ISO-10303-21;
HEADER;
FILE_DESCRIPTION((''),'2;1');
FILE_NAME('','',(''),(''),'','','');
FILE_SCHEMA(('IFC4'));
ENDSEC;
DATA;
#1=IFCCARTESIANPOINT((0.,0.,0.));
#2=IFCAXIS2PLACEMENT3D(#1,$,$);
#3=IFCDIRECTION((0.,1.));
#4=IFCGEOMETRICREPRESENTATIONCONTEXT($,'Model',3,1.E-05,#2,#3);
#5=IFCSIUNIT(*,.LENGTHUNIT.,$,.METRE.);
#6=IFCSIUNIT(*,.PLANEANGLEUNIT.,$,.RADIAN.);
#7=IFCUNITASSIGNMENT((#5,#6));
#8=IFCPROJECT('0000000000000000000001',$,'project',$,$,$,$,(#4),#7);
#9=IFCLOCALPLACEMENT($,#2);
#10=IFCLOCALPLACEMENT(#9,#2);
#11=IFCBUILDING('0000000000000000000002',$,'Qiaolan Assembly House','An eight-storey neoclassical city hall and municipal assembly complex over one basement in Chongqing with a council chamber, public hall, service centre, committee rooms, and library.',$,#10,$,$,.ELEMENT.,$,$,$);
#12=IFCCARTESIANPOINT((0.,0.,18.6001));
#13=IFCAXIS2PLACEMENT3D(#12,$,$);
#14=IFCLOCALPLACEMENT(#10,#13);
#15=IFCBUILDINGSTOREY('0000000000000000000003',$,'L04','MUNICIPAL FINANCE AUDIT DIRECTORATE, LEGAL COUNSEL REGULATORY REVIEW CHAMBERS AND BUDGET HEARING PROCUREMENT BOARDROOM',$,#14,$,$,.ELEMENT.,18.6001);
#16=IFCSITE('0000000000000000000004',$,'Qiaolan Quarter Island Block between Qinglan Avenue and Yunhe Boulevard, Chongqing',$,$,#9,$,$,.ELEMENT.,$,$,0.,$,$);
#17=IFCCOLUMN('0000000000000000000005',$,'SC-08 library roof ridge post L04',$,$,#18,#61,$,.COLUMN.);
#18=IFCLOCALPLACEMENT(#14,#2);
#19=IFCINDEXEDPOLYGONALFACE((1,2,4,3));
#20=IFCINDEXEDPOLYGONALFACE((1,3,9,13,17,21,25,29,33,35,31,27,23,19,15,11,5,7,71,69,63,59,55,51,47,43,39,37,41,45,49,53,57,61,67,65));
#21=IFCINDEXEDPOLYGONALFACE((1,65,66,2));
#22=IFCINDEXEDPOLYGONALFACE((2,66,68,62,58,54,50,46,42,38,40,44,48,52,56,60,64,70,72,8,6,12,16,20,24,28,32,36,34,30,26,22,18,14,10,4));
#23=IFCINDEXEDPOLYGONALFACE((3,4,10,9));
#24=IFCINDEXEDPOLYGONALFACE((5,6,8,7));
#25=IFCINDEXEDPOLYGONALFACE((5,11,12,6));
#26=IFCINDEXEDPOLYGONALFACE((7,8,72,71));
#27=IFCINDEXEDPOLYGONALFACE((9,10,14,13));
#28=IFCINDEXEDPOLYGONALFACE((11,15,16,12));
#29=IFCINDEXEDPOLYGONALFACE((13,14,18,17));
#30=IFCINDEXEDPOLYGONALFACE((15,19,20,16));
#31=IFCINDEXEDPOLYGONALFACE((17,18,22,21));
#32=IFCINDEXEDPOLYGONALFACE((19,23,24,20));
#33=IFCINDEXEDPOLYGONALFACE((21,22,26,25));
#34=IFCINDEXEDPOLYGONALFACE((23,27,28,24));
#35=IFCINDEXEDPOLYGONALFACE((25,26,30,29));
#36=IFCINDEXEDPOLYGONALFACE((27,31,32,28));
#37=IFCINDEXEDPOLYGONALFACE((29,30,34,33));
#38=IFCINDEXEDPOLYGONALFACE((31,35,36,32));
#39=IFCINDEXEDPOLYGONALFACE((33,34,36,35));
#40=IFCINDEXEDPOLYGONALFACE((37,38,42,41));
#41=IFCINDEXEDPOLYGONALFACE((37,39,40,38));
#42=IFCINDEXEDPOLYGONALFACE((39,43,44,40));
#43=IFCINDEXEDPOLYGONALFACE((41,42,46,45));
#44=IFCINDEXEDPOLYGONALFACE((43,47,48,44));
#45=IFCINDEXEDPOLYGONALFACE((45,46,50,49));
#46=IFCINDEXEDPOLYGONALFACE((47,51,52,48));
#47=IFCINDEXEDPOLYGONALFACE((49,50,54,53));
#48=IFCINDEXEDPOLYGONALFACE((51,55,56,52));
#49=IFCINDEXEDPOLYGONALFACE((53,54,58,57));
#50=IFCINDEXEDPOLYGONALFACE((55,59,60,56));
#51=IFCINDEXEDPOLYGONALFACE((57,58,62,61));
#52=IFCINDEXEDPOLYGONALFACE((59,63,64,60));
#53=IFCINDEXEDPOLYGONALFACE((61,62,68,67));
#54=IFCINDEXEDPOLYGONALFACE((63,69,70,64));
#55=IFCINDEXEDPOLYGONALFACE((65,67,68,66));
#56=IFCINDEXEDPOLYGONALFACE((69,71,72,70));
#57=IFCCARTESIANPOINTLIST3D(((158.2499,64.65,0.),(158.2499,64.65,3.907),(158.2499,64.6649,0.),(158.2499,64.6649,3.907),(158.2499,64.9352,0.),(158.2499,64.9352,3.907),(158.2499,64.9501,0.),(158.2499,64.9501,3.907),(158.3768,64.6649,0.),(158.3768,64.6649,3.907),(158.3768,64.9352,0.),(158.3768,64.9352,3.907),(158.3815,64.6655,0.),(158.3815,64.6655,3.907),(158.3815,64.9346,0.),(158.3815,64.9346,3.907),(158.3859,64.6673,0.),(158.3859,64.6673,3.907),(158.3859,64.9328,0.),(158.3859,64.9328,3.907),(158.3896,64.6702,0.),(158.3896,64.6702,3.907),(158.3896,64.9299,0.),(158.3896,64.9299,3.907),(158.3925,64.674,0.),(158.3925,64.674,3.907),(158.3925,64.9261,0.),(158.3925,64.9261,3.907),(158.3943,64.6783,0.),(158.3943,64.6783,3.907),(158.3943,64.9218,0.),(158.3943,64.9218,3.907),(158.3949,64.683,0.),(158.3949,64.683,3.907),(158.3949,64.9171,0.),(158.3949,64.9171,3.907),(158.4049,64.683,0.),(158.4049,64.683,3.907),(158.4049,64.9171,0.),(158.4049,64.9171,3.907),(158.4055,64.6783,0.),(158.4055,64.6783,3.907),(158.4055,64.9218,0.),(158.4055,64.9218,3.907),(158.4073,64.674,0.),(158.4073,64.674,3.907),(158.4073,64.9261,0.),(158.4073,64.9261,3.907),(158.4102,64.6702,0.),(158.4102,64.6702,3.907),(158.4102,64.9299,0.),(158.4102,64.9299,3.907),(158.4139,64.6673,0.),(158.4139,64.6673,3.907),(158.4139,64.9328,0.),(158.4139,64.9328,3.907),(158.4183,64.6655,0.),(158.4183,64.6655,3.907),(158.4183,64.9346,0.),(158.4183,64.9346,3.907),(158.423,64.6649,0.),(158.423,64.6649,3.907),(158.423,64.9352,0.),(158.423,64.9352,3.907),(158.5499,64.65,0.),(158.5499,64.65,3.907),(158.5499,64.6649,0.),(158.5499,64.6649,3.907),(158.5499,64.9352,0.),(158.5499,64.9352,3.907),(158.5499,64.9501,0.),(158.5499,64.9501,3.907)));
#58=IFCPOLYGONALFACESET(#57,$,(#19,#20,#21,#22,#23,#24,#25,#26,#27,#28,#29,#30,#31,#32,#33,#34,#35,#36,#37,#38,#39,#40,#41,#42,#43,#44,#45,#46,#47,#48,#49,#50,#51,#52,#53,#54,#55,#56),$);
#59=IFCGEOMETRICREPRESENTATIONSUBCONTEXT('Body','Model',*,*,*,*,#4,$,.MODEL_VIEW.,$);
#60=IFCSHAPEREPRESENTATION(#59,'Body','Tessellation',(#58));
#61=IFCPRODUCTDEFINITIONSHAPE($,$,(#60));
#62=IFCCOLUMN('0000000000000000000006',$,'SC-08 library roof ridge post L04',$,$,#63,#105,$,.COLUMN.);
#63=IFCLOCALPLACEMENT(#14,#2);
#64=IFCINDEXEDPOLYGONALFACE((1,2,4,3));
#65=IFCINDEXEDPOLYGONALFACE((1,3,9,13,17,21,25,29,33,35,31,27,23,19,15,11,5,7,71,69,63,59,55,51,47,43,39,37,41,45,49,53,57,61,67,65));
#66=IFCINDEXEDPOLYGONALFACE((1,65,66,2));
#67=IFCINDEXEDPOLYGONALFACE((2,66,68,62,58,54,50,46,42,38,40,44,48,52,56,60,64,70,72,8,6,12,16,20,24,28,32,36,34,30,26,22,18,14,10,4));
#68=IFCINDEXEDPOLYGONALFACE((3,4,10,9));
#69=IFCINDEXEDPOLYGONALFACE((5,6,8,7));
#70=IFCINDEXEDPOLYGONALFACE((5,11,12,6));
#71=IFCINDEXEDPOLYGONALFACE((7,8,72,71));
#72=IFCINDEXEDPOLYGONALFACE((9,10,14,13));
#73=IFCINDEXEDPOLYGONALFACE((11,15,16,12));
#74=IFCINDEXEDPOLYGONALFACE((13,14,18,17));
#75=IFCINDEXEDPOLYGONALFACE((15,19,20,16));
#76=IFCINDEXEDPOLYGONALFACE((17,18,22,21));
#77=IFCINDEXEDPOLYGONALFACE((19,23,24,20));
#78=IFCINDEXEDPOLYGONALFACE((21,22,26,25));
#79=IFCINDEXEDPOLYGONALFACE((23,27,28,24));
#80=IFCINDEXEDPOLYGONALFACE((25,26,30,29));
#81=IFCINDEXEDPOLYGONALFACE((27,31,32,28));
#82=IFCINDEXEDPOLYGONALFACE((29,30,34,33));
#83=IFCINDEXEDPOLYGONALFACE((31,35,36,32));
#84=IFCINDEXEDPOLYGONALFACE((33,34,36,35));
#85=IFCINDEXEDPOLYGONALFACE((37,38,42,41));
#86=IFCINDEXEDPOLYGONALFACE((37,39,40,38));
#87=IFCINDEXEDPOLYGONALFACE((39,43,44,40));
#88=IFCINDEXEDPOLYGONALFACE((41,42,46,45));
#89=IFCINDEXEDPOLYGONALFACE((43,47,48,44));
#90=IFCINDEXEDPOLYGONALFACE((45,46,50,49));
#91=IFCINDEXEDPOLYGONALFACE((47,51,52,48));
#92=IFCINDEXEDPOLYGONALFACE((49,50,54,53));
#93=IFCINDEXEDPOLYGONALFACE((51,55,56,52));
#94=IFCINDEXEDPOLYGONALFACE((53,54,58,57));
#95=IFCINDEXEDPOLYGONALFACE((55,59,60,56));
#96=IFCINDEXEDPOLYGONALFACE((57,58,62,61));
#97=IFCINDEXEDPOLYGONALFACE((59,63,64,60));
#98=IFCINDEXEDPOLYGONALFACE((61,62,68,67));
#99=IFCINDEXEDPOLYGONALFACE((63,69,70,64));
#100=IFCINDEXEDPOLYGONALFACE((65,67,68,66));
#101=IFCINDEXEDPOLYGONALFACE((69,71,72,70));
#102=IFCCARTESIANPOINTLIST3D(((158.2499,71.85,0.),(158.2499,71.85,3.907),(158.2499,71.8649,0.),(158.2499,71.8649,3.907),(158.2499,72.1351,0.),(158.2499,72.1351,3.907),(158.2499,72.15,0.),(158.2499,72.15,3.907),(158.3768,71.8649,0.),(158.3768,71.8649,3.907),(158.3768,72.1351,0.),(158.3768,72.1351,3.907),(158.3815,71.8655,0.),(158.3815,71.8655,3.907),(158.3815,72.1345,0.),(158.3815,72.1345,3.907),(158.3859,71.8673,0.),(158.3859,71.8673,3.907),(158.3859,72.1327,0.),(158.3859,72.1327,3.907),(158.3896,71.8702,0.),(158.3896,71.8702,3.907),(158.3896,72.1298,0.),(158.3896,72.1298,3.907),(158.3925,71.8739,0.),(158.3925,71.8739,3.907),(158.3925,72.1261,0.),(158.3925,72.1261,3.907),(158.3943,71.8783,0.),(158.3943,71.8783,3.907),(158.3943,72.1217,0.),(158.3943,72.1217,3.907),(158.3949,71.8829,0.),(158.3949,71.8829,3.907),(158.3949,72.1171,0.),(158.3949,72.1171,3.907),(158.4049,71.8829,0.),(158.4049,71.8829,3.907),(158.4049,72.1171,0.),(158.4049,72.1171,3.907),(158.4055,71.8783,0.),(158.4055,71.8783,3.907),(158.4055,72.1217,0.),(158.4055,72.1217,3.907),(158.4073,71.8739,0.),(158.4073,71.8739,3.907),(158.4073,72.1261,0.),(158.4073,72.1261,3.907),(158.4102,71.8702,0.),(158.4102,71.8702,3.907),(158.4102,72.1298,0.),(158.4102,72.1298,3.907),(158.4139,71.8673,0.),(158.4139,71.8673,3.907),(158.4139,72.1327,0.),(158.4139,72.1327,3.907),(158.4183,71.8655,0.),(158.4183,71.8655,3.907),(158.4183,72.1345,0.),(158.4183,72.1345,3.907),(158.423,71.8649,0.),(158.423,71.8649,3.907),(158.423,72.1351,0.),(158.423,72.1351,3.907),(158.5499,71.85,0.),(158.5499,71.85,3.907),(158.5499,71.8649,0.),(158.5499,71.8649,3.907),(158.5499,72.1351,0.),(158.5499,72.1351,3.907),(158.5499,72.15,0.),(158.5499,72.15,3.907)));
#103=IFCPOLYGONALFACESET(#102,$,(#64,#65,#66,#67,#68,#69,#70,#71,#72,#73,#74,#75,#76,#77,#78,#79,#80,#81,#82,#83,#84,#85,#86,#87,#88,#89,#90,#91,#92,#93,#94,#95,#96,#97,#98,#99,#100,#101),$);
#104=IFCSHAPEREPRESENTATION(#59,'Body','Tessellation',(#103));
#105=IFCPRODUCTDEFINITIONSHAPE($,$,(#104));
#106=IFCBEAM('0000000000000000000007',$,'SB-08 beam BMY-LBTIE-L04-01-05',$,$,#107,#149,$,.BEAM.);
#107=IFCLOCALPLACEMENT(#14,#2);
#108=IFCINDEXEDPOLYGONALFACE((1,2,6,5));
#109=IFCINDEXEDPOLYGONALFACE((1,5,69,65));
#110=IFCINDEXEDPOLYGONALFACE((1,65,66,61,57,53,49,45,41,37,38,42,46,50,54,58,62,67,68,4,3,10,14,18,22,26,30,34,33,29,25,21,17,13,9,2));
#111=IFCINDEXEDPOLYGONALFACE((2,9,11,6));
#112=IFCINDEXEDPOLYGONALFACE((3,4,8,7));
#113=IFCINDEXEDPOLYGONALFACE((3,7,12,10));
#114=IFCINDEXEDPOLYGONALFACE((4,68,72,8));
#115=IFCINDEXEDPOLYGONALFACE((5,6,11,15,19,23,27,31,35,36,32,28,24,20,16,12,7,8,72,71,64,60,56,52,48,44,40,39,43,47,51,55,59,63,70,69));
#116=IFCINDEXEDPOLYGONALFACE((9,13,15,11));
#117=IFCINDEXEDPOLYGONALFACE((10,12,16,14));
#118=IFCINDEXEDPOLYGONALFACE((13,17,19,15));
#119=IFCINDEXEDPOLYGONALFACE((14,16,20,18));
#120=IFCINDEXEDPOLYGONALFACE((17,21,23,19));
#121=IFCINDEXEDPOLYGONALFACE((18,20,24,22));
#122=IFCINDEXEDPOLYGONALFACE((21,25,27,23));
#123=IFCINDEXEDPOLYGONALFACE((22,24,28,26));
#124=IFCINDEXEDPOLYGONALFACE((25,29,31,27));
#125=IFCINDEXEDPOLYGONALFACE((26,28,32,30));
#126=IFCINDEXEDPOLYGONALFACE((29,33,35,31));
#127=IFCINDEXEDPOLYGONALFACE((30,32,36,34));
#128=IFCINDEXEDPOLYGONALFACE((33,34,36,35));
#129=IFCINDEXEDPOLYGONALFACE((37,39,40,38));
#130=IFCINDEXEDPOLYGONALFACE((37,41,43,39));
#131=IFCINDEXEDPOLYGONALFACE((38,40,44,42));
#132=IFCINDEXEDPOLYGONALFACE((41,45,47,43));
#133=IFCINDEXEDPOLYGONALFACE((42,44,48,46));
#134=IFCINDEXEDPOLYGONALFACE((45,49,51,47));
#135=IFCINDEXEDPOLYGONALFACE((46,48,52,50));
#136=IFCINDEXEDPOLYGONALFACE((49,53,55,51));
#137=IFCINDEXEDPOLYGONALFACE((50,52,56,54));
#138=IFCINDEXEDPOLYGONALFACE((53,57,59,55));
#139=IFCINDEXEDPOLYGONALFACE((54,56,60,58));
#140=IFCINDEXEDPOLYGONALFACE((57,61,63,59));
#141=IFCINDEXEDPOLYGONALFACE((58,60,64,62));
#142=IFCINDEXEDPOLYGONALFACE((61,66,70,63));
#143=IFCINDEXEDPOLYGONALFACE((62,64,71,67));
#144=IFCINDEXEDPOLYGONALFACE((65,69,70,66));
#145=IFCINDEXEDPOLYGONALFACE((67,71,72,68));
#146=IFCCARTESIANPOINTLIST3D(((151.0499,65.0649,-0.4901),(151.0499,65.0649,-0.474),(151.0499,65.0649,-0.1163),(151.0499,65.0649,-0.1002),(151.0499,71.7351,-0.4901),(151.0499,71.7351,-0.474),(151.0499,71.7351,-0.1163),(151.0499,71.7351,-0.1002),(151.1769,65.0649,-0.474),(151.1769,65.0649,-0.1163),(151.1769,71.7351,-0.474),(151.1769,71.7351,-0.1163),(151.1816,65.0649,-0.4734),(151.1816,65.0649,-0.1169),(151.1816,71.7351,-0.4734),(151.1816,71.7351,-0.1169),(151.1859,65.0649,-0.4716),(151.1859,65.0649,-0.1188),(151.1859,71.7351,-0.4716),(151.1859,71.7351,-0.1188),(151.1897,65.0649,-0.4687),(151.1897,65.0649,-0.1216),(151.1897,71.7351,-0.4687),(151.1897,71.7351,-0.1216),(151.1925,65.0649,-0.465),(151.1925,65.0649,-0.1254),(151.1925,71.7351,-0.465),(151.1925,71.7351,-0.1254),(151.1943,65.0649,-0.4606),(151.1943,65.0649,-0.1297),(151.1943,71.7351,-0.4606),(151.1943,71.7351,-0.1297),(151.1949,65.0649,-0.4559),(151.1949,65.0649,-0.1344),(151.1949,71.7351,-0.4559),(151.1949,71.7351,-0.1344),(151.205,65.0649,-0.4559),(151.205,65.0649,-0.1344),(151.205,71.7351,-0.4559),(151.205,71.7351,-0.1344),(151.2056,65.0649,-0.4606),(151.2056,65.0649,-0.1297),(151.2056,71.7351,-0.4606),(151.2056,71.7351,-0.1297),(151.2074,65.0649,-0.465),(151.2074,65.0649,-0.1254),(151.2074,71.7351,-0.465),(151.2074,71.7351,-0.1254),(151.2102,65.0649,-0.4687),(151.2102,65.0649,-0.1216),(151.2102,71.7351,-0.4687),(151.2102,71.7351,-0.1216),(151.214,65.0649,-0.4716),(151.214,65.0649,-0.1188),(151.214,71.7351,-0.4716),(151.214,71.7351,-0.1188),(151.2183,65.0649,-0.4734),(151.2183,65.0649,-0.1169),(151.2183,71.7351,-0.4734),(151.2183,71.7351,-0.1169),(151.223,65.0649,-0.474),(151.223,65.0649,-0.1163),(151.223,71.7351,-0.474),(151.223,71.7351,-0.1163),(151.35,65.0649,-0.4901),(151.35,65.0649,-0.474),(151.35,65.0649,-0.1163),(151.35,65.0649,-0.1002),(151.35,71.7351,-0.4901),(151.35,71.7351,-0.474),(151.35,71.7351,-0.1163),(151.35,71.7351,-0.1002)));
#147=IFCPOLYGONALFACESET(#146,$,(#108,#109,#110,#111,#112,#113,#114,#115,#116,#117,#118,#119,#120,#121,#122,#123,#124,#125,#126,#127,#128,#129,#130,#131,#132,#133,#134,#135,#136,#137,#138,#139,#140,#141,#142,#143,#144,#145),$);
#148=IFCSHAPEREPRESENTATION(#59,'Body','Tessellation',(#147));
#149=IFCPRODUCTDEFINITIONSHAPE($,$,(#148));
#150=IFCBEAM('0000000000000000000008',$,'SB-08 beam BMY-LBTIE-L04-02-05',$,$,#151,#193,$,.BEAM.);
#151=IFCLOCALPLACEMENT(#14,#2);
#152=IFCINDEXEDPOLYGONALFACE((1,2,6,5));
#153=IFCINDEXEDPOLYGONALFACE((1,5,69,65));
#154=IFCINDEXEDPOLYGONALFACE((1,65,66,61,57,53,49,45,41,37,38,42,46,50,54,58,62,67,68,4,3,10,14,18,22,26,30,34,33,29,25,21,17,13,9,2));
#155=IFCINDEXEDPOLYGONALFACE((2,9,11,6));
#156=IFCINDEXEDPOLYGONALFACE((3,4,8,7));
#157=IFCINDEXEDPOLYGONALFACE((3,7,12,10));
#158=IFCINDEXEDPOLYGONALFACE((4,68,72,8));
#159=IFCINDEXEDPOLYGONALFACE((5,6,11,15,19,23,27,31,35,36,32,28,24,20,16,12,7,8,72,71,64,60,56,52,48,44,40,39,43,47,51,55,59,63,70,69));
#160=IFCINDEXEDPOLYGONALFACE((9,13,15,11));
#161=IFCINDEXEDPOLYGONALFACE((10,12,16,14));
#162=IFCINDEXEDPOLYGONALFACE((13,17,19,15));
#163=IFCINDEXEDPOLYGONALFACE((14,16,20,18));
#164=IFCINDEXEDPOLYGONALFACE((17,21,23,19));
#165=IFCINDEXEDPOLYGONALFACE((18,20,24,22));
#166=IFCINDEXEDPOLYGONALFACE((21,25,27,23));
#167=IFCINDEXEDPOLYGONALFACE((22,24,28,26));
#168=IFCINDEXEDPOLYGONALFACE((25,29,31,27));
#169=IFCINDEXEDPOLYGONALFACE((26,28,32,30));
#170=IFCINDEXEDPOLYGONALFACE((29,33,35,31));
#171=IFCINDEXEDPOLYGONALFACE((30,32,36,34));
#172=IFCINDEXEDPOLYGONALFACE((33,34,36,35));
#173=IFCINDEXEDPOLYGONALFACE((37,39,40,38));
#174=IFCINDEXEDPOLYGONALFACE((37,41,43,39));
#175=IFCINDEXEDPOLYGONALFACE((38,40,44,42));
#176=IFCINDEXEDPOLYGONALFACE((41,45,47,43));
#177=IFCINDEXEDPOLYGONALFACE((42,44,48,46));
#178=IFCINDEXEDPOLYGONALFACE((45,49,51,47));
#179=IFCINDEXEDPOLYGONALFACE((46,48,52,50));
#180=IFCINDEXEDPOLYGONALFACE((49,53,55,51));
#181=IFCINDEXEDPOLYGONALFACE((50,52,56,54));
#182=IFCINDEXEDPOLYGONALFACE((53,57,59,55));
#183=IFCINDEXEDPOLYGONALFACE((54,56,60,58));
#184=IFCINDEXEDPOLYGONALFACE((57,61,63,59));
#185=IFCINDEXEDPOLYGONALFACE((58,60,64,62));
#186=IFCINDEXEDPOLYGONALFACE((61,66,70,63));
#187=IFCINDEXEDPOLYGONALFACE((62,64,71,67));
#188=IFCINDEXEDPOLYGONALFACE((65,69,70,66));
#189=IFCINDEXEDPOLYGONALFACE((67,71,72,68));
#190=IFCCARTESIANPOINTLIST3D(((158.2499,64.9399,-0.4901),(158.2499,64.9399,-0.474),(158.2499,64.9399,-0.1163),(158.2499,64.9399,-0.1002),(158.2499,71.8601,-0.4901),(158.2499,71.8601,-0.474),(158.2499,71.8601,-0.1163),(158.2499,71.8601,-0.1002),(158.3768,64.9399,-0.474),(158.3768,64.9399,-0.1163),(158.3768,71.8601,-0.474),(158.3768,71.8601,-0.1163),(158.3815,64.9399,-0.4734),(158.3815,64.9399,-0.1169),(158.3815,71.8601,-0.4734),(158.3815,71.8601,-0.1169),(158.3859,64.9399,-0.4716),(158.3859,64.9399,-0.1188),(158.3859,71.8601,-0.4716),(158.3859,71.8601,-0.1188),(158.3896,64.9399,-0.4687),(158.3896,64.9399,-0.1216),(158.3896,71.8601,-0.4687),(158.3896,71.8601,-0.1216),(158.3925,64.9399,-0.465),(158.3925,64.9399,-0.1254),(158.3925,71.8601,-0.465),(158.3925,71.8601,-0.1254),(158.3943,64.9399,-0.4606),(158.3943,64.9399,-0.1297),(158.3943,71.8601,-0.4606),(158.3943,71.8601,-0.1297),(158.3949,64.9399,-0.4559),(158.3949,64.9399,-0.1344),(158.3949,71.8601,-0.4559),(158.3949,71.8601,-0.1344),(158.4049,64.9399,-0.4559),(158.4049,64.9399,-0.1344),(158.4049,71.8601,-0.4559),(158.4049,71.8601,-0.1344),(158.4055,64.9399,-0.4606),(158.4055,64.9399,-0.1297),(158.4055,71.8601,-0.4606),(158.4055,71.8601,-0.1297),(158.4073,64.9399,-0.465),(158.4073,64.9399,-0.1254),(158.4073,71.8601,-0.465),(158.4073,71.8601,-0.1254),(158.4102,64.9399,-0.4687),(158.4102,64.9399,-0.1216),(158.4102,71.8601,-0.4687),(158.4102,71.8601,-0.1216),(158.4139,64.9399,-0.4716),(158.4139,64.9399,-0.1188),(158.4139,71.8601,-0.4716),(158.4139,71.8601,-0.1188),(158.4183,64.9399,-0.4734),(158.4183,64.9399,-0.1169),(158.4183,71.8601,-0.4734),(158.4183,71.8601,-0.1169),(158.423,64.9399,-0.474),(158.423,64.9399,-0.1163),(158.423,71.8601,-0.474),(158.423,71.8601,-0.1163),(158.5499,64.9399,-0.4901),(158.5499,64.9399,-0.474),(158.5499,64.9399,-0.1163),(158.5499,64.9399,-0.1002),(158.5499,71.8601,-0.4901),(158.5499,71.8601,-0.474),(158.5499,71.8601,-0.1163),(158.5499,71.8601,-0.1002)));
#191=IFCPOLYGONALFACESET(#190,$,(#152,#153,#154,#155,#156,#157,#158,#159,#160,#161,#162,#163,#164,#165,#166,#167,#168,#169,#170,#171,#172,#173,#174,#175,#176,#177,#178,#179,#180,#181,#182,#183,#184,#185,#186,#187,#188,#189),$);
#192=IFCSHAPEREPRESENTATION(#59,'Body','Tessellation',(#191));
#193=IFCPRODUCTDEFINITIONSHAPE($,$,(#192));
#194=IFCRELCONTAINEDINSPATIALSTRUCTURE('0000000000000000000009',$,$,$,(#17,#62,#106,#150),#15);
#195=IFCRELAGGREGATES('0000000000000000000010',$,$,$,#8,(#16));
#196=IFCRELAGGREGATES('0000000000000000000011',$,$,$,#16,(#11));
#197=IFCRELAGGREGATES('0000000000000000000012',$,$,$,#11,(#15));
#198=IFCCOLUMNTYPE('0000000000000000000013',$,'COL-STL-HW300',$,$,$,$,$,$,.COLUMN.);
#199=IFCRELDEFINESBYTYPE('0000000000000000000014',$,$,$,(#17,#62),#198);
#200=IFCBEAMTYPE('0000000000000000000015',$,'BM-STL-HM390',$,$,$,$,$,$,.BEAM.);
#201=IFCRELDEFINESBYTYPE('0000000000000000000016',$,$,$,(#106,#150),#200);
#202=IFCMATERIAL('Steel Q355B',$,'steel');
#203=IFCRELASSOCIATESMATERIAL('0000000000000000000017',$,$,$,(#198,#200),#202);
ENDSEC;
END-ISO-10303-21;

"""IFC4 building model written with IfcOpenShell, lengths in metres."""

from ifc_helpers import new_model, si_unit, direction, frame, origin, origin_2d, place, context, subcontext, project, spatial, i_section, extrude, material, material_profile, profile_set, type_object, element, save


model = new_model("IFC4")

# Units and contexts
model_context = context("Model", 3, precision=1e-05, world=origin(), true_north=direction((0.0, 1.0)))
body_context = subcontext(model_context, "Body", "Model", "MODEL_VIEW")
ifc_project = project(units=[si_unit("LENGTHUNIT", "METRE"), si_unit("PLANEANGLEUNIT", "RADIAN")], contexts=[model_context])

# Site, building, storey
site_placement = place(None, origin())
site = spatial("IfcSite", under=ifc_project, at=site_placement, Name="Qiaolan Quarter Island Block between Qinglan Avenue and Yunhe Boulevard, Chongqing", CompositionType="ELEMENT", RefElevation=0.0)
building_placement = place(site_placement, origin())
building = spatial("IfcBuilding", under=site, at=building_placement, Name="Qiaolan Assembly House", Description="An eight-storey neoclassical city hall and municipal assembly complex over one basement in Chongqing with a council chamber, public hall, service centre, committee rooms, and library.", CompositionType="ELEMENT")
storey_placement = place(building_placement, frame((0.0, 0.0, 18.6001)))
storey = spatial("IfcBuildingStorey", under=building, at=storey_placement, Name="L04", Description="MUNICIPAL FINANCE AUDIT DIRECTORATE, LEGAL COUNSEL REGULATORY REVIEW CHAMBERS AND BUDGET HEARING PROCUREMENT BOARDROOM", CompositionType="ELEMENT", Elevation=18.6001)

# Columns
ifc_material = material(Name="Steel Q355B", Category="steel")
ifc_material_profile_1 = material_profile(ifc_material, i_section(OverallWidth=0.3, OverallDepth=0.3, WebThickness=0.01, FlangeThickness=0.0149, FilletRadius=0.0181, at=origin_2d()), Name="HW 300x300x10x15")
ifc_profile_set_1 = profile_set([ifc_material_profile_1], Name="Steel Q355B")
column_type = type_object("IfcColumnType", Name="COL-STL-HW300", PredefinedType="COLUMN", material=ifc_profile_set_1)
for number, where, z_axis, x_axis, name in (
    (1, (158.3999, 64.8, 0.0), (0.0, 0.0, 1.0), (1.0, 0.0, 0.0), "SC-08 library roof ridge post L04"),
    (2, (158.3999, 72.0, 0.0), (0.0, 0.0, 1.0), (1.0, 0.0, 0.0), "SC-08 library roof ridge post L04"),
):
    element("IfcColumn", number, at=place(storey_placement, frame(where, z_axis=z_axis, x_axis=x_axis)), inside=storey, type_object=column_type, Name=name, PredefinedType="COLUMN", context=body_context, shape_type="SweptSolid", body=[
        extrude(i_section(OverallWidth=0.3, OverallDepth=0.3, WebThickness=0.01, FlangeThickness=0.0149, FilletRadius=0.0181, at=origin_2d()), origin(), (0.0, 0.0, 1.0), 3.907),
    ])

# Beams
ifc_material_profile_2 = material_profile(ifc_material, i_section(OverallWidth=0.3, OverallDepth=0.3899, WebThickness=0.01, FlangeThickness=0.0161, FilletRadius=0.0181, at=origin_2d()), Name="HM 390x300x10x16")
ifc_profile_set_2 = profile_set([ifc_material_profile_2], Name="Steel Q355B")
beam_type_1 = type_object("IfcBeamType", Name="BM-STL-HM390", PredefinedType="BEAM", material=ifc_profile_set_2)
beam_1_placement = place(storey_placement, frame((151.2, 65.0649, -0.2952), z_axis=(0.0, 1.0, 0.0), x_axis=(-1.0, 0.0, 0.0)))
element("IfcBeam", 3, at=beam_1_placement, inside=storey, type_object=beam_type_1, Name="SB-08 beam BMY-LBTIE-L04-01-05", PredefinedType="BEAM", context=body_context, shape_type="SweptSolid", body=[
    extrude(i_section(OverallWidth=0.3, OverallDepth=0.3899, WebThickness=0.01, FlangeThickness=0.0161, FilletRadius=0.0181, at=origin_2d()), origin(), (0.0, 0.0, 1.0), 6.6702),
])
beam_2_placement = place(storey_placement, frame((158.3999, 64.9399, -0.2952), z_axis=(0.0, 1.0, 0.0), x_axis=(-1.0, 0.0, 0.0)))
element("IfcBeam", 4, at=beam_2_placement, inside=storey, type_object=beam_type_1, Name="SB-08 beam BMY-LBTIE-L04-02-05", PredefinedType="BEAM", context=body_context, shape_type="SweptSolid", body=[
    extrude(i_section(OverallWidth=0.3, OverallDepth=0.3899, WebThickness=0.01, FlangeThickness=0.0161, FilletRadius=0.0181, at=origin_2d()), origin(), (0.0, 0.0, 1.0), 6.9202),
])

save(model, "model.ifc")
